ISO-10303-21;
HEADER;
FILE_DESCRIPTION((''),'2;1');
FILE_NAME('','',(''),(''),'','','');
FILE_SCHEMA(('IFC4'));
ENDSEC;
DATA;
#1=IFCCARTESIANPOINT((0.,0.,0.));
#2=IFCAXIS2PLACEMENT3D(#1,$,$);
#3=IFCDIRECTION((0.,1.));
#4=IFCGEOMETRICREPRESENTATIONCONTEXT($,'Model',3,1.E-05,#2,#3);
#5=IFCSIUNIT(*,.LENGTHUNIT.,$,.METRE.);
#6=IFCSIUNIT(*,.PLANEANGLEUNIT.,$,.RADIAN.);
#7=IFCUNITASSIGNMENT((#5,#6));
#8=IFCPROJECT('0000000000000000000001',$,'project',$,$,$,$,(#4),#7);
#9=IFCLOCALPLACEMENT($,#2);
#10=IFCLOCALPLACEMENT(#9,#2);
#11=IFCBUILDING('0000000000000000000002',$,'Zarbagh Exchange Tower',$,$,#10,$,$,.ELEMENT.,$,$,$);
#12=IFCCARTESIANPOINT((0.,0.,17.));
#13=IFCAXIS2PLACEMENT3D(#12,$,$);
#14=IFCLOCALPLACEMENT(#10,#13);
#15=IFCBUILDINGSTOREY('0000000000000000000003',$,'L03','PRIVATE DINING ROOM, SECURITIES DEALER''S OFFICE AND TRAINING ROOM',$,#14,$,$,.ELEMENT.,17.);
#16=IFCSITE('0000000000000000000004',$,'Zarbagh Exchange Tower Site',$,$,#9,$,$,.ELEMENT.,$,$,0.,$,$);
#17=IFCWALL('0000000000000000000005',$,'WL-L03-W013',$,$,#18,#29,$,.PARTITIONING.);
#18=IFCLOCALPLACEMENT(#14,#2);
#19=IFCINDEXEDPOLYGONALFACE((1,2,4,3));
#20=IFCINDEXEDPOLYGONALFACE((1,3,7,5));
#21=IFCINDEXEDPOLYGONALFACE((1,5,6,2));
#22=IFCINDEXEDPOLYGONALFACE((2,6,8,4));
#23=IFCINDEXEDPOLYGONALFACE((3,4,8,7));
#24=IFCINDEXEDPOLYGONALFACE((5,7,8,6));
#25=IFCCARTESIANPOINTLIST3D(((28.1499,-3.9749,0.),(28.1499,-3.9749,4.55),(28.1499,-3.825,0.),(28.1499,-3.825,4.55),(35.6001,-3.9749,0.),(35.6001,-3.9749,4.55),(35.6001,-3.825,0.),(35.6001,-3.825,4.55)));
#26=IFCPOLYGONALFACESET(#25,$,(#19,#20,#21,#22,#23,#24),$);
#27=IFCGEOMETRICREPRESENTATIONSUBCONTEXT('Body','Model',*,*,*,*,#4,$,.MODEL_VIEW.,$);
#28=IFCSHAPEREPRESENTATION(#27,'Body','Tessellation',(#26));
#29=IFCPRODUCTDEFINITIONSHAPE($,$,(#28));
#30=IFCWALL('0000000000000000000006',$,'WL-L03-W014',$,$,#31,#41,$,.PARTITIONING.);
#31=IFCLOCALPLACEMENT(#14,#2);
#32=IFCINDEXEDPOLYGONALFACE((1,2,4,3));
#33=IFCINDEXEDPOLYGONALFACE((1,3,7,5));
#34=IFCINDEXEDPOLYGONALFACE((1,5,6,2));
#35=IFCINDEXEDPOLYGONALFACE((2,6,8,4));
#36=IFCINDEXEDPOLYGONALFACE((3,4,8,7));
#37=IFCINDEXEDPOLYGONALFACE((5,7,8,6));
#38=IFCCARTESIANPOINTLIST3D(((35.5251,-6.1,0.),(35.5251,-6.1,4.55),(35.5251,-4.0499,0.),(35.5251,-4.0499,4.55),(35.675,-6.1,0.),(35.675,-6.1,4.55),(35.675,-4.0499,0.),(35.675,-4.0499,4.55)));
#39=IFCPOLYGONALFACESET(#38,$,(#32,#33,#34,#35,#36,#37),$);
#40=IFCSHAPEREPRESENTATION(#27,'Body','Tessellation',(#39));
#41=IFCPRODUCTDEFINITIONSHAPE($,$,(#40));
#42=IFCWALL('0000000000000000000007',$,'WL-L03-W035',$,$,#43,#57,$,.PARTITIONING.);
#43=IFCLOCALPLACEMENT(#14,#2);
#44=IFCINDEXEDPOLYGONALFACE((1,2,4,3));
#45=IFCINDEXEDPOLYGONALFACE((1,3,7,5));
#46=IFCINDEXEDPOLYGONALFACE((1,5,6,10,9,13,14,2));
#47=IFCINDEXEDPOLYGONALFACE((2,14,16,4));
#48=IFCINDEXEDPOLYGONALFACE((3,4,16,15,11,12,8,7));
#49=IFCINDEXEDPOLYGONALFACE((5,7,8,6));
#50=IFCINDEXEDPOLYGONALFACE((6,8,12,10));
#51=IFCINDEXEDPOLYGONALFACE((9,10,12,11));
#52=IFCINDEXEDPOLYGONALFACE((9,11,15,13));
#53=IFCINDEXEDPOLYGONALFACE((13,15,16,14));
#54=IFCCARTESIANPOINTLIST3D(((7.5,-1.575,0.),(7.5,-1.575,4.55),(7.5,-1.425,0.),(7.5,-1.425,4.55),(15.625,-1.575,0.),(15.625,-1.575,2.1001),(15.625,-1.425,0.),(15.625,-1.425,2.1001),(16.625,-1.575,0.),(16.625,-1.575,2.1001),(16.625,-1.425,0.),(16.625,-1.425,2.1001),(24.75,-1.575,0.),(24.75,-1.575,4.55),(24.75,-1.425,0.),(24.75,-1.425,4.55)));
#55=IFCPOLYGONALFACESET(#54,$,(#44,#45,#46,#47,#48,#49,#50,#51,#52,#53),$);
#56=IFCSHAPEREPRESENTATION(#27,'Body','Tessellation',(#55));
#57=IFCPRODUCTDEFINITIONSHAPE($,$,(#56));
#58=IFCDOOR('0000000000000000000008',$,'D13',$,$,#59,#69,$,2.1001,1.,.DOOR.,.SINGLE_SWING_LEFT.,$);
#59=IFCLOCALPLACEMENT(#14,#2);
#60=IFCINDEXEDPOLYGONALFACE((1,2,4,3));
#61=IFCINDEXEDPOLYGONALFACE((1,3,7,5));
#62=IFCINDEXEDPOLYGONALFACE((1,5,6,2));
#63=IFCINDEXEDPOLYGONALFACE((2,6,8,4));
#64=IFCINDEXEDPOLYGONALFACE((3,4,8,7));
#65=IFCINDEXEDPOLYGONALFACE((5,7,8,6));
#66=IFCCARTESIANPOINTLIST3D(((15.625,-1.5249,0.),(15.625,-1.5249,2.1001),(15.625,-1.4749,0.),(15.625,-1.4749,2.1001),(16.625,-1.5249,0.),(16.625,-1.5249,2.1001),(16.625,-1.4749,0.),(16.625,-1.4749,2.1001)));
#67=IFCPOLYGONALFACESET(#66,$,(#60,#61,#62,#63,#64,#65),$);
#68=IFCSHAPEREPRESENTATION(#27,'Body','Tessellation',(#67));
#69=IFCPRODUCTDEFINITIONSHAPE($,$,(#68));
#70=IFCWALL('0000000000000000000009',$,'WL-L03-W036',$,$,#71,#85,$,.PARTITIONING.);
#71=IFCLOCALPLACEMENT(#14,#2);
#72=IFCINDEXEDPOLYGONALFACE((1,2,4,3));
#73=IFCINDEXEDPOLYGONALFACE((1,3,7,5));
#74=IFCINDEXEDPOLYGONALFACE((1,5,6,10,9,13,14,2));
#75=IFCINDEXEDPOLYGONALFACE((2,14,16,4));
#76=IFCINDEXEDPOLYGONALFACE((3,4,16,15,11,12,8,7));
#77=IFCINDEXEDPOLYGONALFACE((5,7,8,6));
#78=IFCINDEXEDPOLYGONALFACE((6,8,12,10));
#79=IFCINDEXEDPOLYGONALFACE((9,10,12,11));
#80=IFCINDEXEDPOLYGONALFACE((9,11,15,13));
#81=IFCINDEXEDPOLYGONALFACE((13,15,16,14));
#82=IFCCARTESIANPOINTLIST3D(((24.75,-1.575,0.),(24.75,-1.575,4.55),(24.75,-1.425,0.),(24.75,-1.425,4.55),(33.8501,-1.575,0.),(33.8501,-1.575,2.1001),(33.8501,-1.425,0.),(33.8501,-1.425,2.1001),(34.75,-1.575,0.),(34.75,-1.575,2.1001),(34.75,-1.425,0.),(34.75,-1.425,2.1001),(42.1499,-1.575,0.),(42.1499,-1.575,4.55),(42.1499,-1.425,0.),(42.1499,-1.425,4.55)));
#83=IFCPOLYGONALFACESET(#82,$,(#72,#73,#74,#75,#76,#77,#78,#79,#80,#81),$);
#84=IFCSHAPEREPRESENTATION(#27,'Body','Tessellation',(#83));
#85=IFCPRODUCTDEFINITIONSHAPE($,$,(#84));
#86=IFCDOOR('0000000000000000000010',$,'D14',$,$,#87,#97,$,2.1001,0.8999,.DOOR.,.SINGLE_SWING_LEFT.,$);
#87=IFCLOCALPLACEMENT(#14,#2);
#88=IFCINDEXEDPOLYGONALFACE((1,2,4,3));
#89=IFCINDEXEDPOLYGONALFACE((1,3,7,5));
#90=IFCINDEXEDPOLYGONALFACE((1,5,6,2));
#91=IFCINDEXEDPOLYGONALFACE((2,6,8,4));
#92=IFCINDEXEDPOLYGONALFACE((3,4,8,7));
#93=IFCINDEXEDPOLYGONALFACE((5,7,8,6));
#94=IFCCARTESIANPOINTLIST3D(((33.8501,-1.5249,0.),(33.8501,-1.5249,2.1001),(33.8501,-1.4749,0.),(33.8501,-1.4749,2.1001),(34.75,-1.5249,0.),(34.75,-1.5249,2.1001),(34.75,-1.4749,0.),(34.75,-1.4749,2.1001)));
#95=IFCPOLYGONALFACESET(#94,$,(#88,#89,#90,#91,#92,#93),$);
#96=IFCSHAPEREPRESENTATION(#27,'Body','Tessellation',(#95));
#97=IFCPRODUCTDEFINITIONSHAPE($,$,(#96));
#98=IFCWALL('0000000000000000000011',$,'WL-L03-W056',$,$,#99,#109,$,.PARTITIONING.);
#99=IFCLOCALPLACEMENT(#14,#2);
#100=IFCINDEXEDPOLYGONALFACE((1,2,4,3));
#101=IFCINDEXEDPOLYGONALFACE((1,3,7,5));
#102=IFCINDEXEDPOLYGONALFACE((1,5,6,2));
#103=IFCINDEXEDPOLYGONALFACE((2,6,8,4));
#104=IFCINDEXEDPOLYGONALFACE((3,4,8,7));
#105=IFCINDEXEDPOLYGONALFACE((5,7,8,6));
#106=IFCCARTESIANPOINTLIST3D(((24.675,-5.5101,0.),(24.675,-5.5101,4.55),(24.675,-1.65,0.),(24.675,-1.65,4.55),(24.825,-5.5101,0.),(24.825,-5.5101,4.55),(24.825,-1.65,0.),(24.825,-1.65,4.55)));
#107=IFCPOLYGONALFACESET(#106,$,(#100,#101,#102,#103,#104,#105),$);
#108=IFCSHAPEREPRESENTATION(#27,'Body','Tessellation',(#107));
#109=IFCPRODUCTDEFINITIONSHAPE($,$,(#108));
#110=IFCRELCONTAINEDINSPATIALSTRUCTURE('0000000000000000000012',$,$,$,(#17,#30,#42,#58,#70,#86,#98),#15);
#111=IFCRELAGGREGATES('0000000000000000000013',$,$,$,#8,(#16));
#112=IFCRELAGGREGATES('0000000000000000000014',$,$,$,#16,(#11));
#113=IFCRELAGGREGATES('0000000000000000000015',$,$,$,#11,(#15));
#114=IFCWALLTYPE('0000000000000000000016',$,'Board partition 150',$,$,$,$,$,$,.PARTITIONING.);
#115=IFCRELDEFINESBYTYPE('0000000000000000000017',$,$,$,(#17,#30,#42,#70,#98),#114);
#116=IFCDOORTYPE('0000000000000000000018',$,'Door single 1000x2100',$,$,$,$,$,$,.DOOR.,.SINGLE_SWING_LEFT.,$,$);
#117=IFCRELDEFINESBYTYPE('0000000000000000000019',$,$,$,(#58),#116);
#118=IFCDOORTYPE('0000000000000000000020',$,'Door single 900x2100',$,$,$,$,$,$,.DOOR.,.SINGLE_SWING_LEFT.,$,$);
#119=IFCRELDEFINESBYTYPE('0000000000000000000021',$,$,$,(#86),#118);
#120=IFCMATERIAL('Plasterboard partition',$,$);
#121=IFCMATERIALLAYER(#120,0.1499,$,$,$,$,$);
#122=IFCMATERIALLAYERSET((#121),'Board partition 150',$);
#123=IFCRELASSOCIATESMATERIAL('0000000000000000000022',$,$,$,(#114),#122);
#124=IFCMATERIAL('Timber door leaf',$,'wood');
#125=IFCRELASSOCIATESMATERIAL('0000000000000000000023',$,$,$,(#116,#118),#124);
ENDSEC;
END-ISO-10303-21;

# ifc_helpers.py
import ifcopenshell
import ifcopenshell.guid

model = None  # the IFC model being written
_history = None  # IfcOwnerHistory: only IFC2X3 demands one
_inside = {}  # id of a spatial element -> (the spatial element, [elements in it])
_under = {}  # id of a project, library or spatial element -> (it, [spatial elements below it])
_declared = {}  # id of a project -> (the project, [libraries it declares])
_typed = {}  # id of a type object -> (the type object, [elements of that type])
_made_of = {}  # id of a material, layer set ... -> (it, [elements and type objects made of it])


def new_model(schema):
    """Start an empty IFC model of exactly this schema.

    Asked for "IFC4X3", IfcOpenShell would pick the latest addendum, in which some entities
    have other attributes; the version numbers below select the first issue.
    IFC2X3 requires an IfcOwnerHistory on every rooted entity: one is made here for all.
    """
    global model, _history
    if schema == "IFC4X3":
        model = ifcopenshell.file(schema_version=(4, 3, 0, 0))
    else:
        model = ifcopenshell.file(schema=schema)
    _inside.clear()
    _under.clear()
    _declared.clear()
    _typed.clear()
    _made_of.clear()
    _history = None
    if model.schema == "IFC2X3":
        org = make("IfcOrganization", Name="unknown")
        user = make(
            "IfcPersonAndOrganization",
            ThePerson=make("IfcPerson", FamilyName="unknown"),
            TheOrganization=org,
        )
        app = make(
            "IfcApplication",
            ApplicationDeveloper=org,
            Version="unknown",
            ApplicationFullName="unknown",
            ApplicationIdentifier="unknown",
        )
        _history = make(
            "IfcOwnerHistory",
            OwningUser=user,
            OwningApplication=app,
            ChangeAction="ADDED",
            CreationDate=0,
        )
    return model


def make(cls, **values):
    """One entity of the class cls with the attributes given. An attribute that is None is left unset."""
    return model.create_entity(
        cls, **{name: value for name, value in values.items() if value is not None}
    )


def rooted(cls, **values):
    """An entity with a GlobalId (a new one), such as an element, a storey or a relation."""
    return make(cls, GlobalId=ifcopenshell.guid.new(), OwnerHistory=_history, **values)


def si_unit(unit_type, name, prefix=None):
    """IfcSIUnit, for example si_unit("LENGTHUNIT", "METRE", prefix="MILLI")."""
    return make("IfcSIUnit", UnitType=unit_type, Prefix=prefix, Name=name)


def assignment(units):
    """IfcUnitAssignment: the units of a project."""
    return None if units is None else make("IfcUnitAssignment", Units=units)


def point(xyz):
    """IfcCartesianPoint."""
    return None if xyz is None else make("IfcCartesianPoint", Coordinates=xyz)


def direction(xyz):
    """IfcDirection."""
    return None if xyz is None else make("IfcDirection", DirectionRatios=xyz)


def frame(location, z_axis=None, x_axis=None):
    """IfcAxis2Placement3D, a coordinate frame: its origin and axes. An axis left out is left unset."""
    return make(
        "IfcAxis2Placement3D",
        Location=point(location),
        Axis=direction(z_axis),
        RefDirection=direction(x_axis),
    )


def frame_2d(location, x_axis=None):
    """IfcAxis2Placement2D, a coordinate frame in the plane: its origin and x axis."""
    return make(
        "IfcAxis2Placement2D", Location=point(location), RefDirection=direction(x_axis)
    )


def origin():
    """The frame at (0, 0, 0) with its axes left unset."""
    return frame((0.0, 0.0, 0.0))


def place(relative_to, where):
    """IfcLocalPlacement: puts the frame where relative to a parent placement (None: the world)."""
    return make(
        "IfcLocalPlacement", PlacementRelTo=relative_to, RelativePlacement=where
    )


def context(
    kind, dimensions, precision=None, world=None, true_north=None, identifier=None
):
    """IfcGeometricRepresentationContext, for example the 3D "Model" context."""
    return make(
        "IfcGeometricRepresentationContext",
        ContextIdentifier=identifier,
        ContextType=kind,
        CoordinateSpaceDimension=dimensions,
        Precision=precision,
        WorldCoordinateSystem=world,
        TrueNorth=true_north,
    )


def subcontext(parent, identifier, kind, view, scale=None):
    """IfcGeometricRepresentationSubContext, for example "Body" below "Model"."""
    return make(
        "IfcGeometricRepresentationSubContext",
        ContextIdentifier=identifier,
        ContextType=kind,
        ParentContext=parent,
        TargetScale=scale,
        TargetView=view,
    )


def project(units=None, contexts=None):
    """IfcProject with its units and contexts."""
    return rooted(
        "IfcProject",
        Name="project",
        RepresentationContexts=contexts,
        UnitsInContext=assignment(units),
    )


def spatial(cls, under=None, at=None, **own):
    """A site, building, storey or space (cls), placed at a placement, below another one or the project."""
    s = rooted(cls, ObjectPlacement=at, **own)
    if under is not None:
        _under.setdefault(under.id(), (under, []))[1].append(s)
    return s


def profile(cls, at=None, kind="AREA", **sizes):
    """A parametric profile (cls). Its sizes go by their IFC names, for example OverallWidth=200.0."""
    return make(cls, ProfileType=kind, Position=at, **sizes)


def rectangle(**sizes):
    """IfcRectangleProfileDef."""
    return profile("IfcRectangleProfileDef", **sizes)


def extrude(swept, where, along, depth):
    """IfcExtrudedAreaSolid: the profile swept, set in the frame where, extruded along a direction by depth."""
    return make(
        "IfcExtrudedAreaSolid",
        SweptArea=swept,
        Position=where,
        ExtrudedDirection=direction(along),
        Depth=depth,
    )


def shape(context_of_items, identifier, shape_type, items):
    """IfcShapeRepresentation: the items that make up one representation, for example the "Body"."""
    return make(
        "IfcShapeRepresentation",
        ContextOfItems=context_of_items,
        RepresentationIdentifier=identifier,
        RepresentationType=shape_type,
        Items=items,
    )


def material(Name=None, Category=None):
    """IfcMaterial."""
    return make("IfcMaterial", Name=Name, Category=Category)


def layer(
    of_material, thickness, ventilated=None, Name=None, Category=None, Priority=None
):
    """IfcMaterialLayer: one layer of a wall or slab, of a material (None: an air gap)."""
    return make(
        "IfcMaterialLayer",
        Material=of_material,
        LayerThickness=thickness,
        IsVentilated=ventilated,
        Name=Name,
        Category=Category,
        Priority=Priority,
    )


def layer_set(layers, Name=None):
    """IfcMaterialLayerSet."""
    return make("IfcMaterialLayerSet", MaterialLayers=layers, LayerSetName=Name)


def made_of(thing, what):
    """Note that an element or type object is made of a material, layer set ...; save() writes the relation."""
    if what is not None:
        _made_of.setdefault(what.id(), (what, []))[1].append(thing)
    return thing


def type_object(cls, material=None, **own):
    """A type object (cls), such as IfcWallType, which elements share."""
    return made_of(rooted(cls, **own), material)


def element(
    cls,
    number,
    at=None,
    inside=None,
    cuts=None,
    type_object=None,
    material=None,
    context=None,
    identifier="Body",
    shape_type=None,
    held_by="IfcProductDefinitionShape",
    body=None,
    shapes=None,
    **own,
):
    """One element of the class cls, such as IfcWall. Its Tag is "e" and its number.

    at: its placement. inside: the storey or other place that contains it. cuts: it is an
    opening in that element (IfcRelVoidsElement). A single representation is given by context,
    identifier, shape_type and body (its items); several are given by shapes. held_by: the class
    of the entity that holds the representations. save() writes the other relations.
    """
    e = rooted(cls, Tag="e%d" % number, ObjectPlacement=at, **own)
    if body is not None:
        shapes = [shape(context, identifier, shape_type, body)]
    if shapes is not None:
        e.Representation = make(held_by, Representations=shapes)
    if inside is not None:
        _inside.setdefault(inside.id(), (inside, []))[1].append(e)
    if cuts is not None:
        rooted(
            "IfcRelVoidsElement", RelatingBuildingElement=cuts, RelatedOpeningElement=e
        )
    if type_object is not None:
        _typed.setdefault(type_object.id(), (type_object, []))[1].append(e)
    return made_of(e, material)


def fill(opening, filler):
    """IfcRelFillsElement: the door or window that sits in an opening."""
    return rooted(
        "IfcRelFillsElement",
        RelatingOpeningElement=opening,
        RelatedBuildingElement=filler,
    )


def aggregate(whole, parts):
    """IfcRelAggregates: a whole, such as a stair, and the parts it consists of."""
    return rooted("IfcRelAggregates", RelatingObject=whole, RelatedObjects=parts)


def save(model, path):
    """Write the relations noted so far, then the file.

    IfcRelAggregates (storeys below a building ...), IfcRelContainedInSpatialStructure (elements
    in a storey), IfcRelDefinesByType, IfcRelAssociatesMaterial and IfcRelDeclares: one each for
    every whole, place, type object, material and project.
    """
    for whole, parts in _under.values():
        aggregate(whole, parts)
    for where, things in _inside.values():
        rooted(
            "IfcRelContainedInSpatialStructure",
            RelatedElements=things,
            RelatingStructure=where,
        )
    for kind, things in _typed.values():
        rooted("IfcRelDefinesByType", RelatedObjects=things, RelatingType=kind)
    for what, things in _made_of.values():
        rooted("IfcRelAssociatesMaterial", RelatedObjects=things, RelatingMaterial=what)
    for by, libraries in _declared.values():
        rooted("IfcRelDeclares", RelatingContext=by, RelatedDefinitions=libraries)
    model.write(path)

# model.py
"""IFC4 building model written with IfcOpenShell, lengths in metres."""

from ifc_helpers import new_model, si_unit, direction, frame, frame_2d, origin, place, context, subcontext, project, spatial, rectangle, extrude, material, layer, layer_set, type_object, element, fill, save


model = new_model("IFC4")

# Units and contexts
model_context = context("Model", 3, precision=1e-05, world=origin(), true_north=direction((0.0, 1.0)))
body_context = subcontext(model_context, "Body", "Model", "MODEL_VIEW")
ifc_project = project(units=[si_unit("LENGTHUNIT", "METRE"), si_unit("PLANEANGLEUNIT", "RADIAN")], contexts=[model_context])

# Site, building, storey
site_placement = place(None, origin())
site = spatial("IfcSite", under=ifc_project, at=site_placement, Name="Zarbagh Exchange Tower Site", CompositionType="ELEMENT", RefElevation=0.0)
building_placement = place(site_placement, origin())
building = spatial("IfcBuilding", under=site, at=building_placement, Name="Zarbagh Exchange Tower", CompositionType="ELEMENT")
storey_placement = place(building_placement, frame((0.0, 0.0, 17.0)))
storey = spatial("IfcBuildingStorey", under=building, at=storey_placement, Name="L03", Description="PRIVATE DINING ROOM, SECURITIES DEALER'S OFFICE AND TRAINING ROOM", CompositionType="ELEMENT", Elevation=17.0)

# Walls
ifc_material_1 = material(Name="Plasterboard partition")
ifc_layer_1 = layer(ifc_material_1, 0.1499)
ifc_layer_set_1 = layer_set([ifc_layer_1], Name="Board partition 150")
wall_type = type_object("IfcWallType", Name="Board partition 150", PredefinedType="PARTITIONING", material=ifc_layer_set_1)
wall_1_placement = place(storey_placement, frame((28.1499, -3.8999, 0.0), z_axis=(0.0, 0.0, 1.0), x_axis=(1.0, 0.0, 0.0)))
element("IfcWall", 1, at=wall_1_placement, inside=storey, type_object=wall_type, Name="WL-L03-W013", PredefinedType="PARTITIONING", context=body_context, shape_type="SweptSolid", body=[
    extrude(rectangle(XDim=7.4502, YDim=0.1499, at=frame_2d((3.7251, 0.0))), origin(), (0.0, 0.0, 1.0), 4.55),
])
wall_2_placement = place(storey_placement, frame((35.6001, -4.05, 0.0), z_axis=(0.0, 0.0, 1.0), x_axis=(0.0, -1.0, 0.0)))
element("IfcWall", 2, at=wall_2_placement, inside=storey, type_object=wall_type, Name="WL-L03-W014", PredefinedType="PARTITIONING", context=body_context, shape_type="SweptSolid", body=[
    extrude(rectangle(XDim=2.05, YDim=0.1499, at=frame_2d((1.0249, 0.0))), origin(), (0.0, 0.0, 1.0), 4.55),
])

# Walls, openings, doors
wall_3_placement = place(storey_placement, frame((24.75, -1.5, 0.0), z_axis=(0.0, 0.0, 1.0), x_axis=(-1.0, 0.0, 0.0)))
wall_3 = element("IfcWall", 3, at=wall_3_placement, inside=storey, type_object=wall_type, Name="WL-L03-W035", PredefinedType="PARTITIONING", context=body_context, shape_type="SweptSolid", body=[
    extrude(rectangle(XDim=17.25, YDim=0.1499, at=frame_2d((8.625, 0.0))), origin(), (0.0, 0.0, 1.0), 4.55),
])
opening_1_placement = place(wall_3_placement, frame((8.125, 0.0, 0.0)))
opening_1 = element("IfcOpeningElement", 4, at=opening_1_placement, cuts=wall_3, PredefinedType="OPENING", context=body_context, shape_type="SweptSolid", body=[
    extrude(rectangle(XDim=1.0, YDim=2.1001, at=frame_2d((0.5, 1.05))), frame((0.0, 0.085, 0.0), z_axis=(0.0, -1.0, 0.0), x_axis=(1.0, 0.0, 0.0)), (0.0, 0.0, 1.0), 0.1699),
])
ifc_material_2 = material(Name="Timber door leaf", Category="wood")
door_type_1 = type_object("IfcDoorType", Name="Door single 1000x2100", OperationType="SINGLE_SWING_LEFT", PredefinedType="DOOR", material=ifc_material_2)
door_1_placement = place(opening_1_placement, origin())
door_1 = element("IfcDoor", 5, at=door_1_placement, inside=storey, type_object=door_type_1, Name="D13", OperationType="SINGLE_SWING_LEFT", OverallHeight=2.1001, OverallWidth=1.0, PredefinedType="DOOR", context=body_context, shape_type="SweptSolid", body=[
    extrude(rectangle(XDim=1.0, YDim=2.1001, at=frame_2d((0.5, 1.05))), frame((0.0, 0.0249, 0.0), z_axis=(0.0, -1.0, 0.0), x_axis=(1.0, 0.0, 0.0)), (0.0, 0.0, 1.0), 0.05),
])
fill(opening_1, door_1)
wall_4_placement = place(storey_placement, frame((42.1499, -1.5, 0.0), z_axis=(0.0, 0.0, 1.0), x_axis=(-1.0, 0.0, 0.0)))
wall_4 = element("IfcWall", 6, at=wall_4_placement, inside=storey, type_object=wall_type, Name="WL-L03-W036", PredefinedType="PARTITIONING", context=body_context, shape_type="SweptSolid", body=[
    extrude(rectangle(XDim=17.3999, YDim=0.1499, at=frame_2d((8.7, 0.0))), origin(), (0.0, 0.0, 1.0), 4.55),
])
opening_2_placement = place(wall_4_placement, frame((7.3999, 0.0, 0.0)))
opening_2 = element("IfcOpeningElement", 7, at=opening_2_placement, cuts=wall_4, PredefinedType="OPENING", context=body_context, shape_type="SweptSolid", body=[
    extrude(rectangle(XDim=0.8999, YDim=2.1001, at=frame_2d((0.45, 1.05))), frame((0.0, 0.085, 0.0), z_axis=(0.0, -1.0, 0.0), x_axis=(1.0, 0.0, 0.0)), (0.0, 0.0, 1.0), 0.1699),
])
door_type_2 = type_object("IfcDoorType", Name="Door single 900x2100", OperationType="SINGLE_SWING_LEFT", PredefinedType="DOOR", material=ifc_material_2)
door_2_placement = place(opening_2_placement, origin())
door_2 = element("IfcDoor", 8, at=door_2_placement, inside=storey, type_object=door_type_2, Name="D14", OperationType="SINGLE_SWING_LEFT", OverallHeight=2.1001, OverallWidth=0.8999, PredefinedType="DOOR", context=body_context, shape_type="SweptSolid", body=[
    extrude(rectangle(XDim=0.8999, YDim=2.1001, at=frame_2d((0.45, 1.05))), frame((0.0, 0.0249, 0.0), z_axis=(0.0, -1.0, 0.0), x_axis=(1.0, 0.0, 0.0)), (0.0, 0.0, 1.0), 0.05),
])
fill(opening_2, door_2)

# Wall
wall_5_placement = place(storey_placement, frame((24.75, -1.6499, 0.0), z_axis=(0.0, 0.0, 1.0), x_axis=(0.0, -1.0, 0.0)))
element("IfcWall", 9, at=wall_5_placement, inside=storey, type_object=wall_type, Name="WL-L03-W056", PredefinedType="PARTITIONING", context=body_context, shape_type="SweptSolid", body=[
    extrude(rectangle(XDim=3.8601, YDim=0.1499, at=frame_2d((1.9302, 0.0))), origin(), (0.0, 0.0, 1.0), 4.55),
])

save(model, "model.ifc")
